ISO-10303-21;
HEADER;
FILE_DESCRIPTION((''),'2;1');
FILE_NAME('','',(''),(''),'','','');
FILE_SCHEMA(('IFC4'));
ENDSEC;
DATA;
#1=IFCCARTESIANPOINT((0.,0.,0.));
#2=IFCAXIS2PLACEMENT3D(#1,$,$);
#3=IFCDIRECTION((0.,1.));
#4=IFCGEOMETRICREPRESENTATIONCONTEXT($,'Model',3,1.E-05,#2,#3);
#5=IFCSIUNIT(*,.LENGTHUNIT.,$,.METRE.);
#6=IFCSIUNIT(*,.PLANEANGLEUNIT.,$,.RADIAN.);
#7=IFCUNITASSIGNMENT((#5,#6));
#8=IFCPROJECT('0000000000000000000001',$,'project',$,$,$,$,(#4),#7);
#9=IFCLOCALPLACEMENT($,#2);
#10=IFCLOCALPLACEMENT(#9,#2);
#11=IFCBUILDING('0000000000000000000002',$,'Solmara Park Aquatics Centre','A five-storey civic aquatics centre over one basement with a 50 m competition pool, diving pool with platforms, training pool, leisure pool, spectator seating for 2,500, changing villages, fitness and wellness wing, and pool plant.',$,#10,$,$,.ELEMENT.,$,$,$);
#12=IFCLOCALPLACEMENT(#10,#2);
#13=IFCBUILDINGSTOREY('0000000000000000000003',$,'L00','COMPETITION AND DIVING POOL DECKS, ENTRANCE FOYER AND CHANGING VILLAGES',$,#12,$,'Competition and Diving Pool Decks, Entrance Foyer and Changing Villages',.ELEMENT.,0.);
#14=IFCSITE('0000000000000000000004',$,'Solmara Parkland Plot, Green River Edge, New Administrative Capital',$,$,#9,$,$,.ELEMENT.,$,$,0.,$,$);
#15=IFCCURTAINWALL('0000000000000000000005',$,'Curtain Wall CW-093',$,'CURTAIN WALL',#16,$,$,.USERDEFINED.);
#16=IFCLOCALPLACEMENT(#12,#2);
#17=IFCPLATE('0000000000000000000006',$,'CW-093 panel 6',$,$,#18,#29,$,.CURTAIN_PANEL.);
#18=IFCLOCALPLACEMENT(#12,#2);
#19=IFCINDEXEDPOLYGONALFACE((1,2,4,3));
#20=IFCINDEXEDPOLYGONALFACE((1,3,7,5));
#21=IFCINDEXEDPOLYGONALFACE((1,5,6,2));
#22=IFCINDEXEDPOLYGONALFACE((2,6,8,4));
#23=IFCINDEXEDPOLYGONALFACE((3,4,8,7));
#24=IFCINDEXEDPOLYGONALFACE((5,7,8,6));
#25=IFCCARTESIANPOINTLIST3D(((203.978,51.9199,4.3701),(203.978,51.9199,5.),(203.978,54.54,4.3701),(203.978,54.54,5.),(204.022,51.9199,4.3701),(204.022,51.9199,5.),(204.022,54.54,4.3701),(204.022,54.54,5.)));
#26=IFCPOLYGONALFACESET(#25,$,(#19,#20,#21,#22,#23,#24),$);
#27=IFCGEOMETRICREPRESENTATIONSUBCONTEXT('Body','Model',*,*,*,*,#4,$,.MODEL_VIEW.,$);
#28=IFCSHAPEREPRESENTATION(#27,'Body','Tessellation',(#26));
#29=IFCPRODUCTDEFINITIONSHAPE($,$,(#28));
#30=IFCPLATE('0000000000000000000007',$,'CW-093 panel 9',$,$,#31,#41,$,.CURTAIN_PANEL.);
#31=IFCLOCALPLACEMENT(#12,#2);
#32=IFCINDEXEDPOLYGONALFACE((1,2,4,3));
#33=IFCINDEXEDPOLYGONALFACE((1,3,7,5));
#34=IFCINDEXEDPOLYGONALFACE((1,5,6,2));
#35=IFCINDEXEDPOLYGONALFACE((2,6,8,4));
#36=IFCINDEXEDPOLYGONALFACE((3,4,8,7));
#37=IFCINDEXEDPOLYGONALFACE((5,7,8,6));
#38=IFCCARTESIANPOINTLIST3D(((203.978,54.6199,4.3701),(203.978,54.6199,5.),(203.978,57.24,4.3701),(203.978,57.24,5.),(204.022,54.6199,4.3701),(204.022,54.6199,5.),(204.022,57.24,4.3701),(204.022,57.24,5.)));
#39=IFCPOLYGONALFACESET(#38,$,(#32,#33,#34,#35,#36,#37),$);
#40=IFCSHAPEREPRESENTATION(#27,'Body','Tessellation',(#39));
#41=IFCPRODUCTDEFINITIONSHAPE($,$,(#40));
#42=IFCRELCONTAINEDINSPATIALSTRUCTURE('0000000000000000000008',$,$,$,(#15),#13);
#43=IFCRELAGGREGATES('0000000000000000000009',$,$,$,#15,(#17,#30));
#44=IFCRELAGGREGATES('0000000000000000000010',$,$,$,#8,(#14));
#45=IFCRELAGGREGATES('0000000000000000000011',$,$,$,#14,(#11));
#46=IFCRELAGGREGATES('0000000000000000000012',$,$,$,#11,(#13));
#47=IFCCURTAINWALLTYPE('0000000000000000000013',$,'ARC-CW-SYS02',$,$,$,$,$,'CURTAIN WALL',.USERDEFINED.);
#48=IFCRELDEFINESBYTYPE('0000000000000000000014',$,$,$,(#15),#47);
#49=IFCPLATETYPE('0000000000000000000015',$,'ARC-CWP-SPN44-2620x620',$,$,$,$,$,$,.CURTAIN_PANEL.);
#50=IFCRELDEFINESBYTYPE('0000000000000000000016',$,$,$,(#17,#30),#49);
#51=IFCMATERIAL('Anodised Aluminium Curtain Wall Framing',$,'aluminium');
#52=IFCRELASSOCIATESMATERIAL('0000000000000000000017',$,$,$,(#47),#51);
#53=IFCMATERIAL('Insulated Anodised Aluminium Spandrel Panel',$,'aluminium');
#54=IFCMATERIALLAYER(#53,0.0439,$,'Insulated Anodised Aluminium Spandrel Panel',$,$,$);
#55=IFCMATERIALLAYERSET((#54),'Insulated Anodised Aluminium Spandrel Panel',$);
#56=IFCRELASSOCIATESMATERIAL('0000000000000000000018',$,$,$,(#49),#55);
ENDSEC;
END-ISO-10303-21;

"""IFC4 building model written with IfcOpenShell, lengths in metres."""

from ifc_helpers import new_model, si_unit, direction, frame, origin, origin_2d, place, context, subcontext, project, spatial, rectangle, extrude, material, layer, layer_set, type_object, element, aggregate, save


model = new_model("IFC4")

# Units and contexts
model_context = context("Model", 3, precision=1e-05, world=origin(), true_north=direction((0.0, 1.0)))
body_context = subcontext(model_context, "Body", "Model", "MODEL_VIEW")
ifc_project = project(units=[si_unit("LENGTHUNIT", "METRE"), si_unit("PLANEANGLEUNIT", "RADIAN")], contexts=[model_context])

# Site, building, storey
site_placement = place(None, origin())
site = spatial("IfcSite", under=ifc_project, at=site_placement, Name="Solmara Parkland Plot, Green River Edge, New Administrative Capital", CompositionType="ELEMENT", RefElevation=0.0)
building_placement = place(site_placement, origin())
building = spatial("IfcBuilding", under=site, at=building_placement, Name="Solmara Park Aquatics Centre", Description="A five-storey civic aquatics centre over one basement with a 50 m competition pool, diving pool with platforms, training pool, leisure pool, spectator seating for 2,500, changing villages, fitness and wellness wing, and pool plant.", CompositionType="ELEMENT")
storey_placement = place(building_placement, origin())
storey = spatial("IfcBuildingStorey", under=building, at=storey_placement, Name="L00", Description="COMPETITION AND DIVING POOL DECKS, ENTRANCE FOYER AND CHANGING VILLAGES", LongName="Competition and Diving Pool Decks, Entrance Foyer and Changing Villages", CompositionType="ELEMENT", Elevation=0.0)

# Curtain wall
ifc_material_1 = material(Name="Anodised Aluminium Curtain Wall Framing", Category="aluminium")
curtain_wall_type = type_object("IfcCurtainWallType", Name="ARC-CW-SYS02", ElementType="CURTAIN WALL", PredefinedType="USERDEFINED", material=ifc_material_1)
curtain_wall_placement = place(storey_placement, origin())
curtain_wall = element("IfcCurtainWall", 1, at=curtain_wall_placement, inside=storey, type_object=curtain_wall_type, Name="Curtain Wall CW-093", ObjectType="CURTAIN WALL", PredefinedType="USERDEFINED")

# Plates
ifc_material_2 = material(Name="Insulated Anodised Aluminium Spandrel Panel", Category="aluminium")
ifc_layer_1 = layer(ifc_material_2, 0.0439, Name="Insulated Anodised Aluminium Spandrel Panel")
ifc_layer_set_1 = layer_set([ifc_layer_1], Name="Insulated Anodised Aluminium Spandrel Panel")
plate_type_1 = type_object("IfcPlateType", Name="ARC-CWP-SPN44-2620x620", PredefinedType="CURTAIN_PANEL", material=ifc_layer_set_1)
plate_1_placement = place(storey_placement, frame((204.0, 53.23, 4.3701), z_axis=(0.0, 0.0, 1.0), x_axis=(0.0, 1.0, 0.0)))
plate_1 = element("IfcPlate", 2, at=plate_1_placement, type_object=plate_type_1, Name="CW-093 panel 6", PredefinedType="CURTAIN_PANEL", context=body_context, shape_type="SweptSolid", body=[
    extrude(rectangle(XDim=2.6201, YDim=0.0439, at=origin_2d()), origin(), (0.0, 0.0, 1.0), 0.6299),
])
plate_2_placement = place(storey_placement, frame((204.0, 55.9299, 4.3701), z_axis=(0.0, 0.0, 1.0), x_axis=(0.0, 1.0, 0.0)))
plate_2 = element("IfcPlate", 3, at=plate_2_placement, type_object=plate_type_1, Name="CW-093 panel 9", PredefinedType="CURTAIN_PANEL", context=body_context, shape_type="SweptSolid", body=[
    extrude(rectangle(XDim=2.6201, YDim=0.0439, at=origin_2d()), origin(), (0.0, 0.0, 1.0), 0.6299),
])
aggregate(curtain_wall, [plate_1, plate_2])

save(model, "model.ifc")
